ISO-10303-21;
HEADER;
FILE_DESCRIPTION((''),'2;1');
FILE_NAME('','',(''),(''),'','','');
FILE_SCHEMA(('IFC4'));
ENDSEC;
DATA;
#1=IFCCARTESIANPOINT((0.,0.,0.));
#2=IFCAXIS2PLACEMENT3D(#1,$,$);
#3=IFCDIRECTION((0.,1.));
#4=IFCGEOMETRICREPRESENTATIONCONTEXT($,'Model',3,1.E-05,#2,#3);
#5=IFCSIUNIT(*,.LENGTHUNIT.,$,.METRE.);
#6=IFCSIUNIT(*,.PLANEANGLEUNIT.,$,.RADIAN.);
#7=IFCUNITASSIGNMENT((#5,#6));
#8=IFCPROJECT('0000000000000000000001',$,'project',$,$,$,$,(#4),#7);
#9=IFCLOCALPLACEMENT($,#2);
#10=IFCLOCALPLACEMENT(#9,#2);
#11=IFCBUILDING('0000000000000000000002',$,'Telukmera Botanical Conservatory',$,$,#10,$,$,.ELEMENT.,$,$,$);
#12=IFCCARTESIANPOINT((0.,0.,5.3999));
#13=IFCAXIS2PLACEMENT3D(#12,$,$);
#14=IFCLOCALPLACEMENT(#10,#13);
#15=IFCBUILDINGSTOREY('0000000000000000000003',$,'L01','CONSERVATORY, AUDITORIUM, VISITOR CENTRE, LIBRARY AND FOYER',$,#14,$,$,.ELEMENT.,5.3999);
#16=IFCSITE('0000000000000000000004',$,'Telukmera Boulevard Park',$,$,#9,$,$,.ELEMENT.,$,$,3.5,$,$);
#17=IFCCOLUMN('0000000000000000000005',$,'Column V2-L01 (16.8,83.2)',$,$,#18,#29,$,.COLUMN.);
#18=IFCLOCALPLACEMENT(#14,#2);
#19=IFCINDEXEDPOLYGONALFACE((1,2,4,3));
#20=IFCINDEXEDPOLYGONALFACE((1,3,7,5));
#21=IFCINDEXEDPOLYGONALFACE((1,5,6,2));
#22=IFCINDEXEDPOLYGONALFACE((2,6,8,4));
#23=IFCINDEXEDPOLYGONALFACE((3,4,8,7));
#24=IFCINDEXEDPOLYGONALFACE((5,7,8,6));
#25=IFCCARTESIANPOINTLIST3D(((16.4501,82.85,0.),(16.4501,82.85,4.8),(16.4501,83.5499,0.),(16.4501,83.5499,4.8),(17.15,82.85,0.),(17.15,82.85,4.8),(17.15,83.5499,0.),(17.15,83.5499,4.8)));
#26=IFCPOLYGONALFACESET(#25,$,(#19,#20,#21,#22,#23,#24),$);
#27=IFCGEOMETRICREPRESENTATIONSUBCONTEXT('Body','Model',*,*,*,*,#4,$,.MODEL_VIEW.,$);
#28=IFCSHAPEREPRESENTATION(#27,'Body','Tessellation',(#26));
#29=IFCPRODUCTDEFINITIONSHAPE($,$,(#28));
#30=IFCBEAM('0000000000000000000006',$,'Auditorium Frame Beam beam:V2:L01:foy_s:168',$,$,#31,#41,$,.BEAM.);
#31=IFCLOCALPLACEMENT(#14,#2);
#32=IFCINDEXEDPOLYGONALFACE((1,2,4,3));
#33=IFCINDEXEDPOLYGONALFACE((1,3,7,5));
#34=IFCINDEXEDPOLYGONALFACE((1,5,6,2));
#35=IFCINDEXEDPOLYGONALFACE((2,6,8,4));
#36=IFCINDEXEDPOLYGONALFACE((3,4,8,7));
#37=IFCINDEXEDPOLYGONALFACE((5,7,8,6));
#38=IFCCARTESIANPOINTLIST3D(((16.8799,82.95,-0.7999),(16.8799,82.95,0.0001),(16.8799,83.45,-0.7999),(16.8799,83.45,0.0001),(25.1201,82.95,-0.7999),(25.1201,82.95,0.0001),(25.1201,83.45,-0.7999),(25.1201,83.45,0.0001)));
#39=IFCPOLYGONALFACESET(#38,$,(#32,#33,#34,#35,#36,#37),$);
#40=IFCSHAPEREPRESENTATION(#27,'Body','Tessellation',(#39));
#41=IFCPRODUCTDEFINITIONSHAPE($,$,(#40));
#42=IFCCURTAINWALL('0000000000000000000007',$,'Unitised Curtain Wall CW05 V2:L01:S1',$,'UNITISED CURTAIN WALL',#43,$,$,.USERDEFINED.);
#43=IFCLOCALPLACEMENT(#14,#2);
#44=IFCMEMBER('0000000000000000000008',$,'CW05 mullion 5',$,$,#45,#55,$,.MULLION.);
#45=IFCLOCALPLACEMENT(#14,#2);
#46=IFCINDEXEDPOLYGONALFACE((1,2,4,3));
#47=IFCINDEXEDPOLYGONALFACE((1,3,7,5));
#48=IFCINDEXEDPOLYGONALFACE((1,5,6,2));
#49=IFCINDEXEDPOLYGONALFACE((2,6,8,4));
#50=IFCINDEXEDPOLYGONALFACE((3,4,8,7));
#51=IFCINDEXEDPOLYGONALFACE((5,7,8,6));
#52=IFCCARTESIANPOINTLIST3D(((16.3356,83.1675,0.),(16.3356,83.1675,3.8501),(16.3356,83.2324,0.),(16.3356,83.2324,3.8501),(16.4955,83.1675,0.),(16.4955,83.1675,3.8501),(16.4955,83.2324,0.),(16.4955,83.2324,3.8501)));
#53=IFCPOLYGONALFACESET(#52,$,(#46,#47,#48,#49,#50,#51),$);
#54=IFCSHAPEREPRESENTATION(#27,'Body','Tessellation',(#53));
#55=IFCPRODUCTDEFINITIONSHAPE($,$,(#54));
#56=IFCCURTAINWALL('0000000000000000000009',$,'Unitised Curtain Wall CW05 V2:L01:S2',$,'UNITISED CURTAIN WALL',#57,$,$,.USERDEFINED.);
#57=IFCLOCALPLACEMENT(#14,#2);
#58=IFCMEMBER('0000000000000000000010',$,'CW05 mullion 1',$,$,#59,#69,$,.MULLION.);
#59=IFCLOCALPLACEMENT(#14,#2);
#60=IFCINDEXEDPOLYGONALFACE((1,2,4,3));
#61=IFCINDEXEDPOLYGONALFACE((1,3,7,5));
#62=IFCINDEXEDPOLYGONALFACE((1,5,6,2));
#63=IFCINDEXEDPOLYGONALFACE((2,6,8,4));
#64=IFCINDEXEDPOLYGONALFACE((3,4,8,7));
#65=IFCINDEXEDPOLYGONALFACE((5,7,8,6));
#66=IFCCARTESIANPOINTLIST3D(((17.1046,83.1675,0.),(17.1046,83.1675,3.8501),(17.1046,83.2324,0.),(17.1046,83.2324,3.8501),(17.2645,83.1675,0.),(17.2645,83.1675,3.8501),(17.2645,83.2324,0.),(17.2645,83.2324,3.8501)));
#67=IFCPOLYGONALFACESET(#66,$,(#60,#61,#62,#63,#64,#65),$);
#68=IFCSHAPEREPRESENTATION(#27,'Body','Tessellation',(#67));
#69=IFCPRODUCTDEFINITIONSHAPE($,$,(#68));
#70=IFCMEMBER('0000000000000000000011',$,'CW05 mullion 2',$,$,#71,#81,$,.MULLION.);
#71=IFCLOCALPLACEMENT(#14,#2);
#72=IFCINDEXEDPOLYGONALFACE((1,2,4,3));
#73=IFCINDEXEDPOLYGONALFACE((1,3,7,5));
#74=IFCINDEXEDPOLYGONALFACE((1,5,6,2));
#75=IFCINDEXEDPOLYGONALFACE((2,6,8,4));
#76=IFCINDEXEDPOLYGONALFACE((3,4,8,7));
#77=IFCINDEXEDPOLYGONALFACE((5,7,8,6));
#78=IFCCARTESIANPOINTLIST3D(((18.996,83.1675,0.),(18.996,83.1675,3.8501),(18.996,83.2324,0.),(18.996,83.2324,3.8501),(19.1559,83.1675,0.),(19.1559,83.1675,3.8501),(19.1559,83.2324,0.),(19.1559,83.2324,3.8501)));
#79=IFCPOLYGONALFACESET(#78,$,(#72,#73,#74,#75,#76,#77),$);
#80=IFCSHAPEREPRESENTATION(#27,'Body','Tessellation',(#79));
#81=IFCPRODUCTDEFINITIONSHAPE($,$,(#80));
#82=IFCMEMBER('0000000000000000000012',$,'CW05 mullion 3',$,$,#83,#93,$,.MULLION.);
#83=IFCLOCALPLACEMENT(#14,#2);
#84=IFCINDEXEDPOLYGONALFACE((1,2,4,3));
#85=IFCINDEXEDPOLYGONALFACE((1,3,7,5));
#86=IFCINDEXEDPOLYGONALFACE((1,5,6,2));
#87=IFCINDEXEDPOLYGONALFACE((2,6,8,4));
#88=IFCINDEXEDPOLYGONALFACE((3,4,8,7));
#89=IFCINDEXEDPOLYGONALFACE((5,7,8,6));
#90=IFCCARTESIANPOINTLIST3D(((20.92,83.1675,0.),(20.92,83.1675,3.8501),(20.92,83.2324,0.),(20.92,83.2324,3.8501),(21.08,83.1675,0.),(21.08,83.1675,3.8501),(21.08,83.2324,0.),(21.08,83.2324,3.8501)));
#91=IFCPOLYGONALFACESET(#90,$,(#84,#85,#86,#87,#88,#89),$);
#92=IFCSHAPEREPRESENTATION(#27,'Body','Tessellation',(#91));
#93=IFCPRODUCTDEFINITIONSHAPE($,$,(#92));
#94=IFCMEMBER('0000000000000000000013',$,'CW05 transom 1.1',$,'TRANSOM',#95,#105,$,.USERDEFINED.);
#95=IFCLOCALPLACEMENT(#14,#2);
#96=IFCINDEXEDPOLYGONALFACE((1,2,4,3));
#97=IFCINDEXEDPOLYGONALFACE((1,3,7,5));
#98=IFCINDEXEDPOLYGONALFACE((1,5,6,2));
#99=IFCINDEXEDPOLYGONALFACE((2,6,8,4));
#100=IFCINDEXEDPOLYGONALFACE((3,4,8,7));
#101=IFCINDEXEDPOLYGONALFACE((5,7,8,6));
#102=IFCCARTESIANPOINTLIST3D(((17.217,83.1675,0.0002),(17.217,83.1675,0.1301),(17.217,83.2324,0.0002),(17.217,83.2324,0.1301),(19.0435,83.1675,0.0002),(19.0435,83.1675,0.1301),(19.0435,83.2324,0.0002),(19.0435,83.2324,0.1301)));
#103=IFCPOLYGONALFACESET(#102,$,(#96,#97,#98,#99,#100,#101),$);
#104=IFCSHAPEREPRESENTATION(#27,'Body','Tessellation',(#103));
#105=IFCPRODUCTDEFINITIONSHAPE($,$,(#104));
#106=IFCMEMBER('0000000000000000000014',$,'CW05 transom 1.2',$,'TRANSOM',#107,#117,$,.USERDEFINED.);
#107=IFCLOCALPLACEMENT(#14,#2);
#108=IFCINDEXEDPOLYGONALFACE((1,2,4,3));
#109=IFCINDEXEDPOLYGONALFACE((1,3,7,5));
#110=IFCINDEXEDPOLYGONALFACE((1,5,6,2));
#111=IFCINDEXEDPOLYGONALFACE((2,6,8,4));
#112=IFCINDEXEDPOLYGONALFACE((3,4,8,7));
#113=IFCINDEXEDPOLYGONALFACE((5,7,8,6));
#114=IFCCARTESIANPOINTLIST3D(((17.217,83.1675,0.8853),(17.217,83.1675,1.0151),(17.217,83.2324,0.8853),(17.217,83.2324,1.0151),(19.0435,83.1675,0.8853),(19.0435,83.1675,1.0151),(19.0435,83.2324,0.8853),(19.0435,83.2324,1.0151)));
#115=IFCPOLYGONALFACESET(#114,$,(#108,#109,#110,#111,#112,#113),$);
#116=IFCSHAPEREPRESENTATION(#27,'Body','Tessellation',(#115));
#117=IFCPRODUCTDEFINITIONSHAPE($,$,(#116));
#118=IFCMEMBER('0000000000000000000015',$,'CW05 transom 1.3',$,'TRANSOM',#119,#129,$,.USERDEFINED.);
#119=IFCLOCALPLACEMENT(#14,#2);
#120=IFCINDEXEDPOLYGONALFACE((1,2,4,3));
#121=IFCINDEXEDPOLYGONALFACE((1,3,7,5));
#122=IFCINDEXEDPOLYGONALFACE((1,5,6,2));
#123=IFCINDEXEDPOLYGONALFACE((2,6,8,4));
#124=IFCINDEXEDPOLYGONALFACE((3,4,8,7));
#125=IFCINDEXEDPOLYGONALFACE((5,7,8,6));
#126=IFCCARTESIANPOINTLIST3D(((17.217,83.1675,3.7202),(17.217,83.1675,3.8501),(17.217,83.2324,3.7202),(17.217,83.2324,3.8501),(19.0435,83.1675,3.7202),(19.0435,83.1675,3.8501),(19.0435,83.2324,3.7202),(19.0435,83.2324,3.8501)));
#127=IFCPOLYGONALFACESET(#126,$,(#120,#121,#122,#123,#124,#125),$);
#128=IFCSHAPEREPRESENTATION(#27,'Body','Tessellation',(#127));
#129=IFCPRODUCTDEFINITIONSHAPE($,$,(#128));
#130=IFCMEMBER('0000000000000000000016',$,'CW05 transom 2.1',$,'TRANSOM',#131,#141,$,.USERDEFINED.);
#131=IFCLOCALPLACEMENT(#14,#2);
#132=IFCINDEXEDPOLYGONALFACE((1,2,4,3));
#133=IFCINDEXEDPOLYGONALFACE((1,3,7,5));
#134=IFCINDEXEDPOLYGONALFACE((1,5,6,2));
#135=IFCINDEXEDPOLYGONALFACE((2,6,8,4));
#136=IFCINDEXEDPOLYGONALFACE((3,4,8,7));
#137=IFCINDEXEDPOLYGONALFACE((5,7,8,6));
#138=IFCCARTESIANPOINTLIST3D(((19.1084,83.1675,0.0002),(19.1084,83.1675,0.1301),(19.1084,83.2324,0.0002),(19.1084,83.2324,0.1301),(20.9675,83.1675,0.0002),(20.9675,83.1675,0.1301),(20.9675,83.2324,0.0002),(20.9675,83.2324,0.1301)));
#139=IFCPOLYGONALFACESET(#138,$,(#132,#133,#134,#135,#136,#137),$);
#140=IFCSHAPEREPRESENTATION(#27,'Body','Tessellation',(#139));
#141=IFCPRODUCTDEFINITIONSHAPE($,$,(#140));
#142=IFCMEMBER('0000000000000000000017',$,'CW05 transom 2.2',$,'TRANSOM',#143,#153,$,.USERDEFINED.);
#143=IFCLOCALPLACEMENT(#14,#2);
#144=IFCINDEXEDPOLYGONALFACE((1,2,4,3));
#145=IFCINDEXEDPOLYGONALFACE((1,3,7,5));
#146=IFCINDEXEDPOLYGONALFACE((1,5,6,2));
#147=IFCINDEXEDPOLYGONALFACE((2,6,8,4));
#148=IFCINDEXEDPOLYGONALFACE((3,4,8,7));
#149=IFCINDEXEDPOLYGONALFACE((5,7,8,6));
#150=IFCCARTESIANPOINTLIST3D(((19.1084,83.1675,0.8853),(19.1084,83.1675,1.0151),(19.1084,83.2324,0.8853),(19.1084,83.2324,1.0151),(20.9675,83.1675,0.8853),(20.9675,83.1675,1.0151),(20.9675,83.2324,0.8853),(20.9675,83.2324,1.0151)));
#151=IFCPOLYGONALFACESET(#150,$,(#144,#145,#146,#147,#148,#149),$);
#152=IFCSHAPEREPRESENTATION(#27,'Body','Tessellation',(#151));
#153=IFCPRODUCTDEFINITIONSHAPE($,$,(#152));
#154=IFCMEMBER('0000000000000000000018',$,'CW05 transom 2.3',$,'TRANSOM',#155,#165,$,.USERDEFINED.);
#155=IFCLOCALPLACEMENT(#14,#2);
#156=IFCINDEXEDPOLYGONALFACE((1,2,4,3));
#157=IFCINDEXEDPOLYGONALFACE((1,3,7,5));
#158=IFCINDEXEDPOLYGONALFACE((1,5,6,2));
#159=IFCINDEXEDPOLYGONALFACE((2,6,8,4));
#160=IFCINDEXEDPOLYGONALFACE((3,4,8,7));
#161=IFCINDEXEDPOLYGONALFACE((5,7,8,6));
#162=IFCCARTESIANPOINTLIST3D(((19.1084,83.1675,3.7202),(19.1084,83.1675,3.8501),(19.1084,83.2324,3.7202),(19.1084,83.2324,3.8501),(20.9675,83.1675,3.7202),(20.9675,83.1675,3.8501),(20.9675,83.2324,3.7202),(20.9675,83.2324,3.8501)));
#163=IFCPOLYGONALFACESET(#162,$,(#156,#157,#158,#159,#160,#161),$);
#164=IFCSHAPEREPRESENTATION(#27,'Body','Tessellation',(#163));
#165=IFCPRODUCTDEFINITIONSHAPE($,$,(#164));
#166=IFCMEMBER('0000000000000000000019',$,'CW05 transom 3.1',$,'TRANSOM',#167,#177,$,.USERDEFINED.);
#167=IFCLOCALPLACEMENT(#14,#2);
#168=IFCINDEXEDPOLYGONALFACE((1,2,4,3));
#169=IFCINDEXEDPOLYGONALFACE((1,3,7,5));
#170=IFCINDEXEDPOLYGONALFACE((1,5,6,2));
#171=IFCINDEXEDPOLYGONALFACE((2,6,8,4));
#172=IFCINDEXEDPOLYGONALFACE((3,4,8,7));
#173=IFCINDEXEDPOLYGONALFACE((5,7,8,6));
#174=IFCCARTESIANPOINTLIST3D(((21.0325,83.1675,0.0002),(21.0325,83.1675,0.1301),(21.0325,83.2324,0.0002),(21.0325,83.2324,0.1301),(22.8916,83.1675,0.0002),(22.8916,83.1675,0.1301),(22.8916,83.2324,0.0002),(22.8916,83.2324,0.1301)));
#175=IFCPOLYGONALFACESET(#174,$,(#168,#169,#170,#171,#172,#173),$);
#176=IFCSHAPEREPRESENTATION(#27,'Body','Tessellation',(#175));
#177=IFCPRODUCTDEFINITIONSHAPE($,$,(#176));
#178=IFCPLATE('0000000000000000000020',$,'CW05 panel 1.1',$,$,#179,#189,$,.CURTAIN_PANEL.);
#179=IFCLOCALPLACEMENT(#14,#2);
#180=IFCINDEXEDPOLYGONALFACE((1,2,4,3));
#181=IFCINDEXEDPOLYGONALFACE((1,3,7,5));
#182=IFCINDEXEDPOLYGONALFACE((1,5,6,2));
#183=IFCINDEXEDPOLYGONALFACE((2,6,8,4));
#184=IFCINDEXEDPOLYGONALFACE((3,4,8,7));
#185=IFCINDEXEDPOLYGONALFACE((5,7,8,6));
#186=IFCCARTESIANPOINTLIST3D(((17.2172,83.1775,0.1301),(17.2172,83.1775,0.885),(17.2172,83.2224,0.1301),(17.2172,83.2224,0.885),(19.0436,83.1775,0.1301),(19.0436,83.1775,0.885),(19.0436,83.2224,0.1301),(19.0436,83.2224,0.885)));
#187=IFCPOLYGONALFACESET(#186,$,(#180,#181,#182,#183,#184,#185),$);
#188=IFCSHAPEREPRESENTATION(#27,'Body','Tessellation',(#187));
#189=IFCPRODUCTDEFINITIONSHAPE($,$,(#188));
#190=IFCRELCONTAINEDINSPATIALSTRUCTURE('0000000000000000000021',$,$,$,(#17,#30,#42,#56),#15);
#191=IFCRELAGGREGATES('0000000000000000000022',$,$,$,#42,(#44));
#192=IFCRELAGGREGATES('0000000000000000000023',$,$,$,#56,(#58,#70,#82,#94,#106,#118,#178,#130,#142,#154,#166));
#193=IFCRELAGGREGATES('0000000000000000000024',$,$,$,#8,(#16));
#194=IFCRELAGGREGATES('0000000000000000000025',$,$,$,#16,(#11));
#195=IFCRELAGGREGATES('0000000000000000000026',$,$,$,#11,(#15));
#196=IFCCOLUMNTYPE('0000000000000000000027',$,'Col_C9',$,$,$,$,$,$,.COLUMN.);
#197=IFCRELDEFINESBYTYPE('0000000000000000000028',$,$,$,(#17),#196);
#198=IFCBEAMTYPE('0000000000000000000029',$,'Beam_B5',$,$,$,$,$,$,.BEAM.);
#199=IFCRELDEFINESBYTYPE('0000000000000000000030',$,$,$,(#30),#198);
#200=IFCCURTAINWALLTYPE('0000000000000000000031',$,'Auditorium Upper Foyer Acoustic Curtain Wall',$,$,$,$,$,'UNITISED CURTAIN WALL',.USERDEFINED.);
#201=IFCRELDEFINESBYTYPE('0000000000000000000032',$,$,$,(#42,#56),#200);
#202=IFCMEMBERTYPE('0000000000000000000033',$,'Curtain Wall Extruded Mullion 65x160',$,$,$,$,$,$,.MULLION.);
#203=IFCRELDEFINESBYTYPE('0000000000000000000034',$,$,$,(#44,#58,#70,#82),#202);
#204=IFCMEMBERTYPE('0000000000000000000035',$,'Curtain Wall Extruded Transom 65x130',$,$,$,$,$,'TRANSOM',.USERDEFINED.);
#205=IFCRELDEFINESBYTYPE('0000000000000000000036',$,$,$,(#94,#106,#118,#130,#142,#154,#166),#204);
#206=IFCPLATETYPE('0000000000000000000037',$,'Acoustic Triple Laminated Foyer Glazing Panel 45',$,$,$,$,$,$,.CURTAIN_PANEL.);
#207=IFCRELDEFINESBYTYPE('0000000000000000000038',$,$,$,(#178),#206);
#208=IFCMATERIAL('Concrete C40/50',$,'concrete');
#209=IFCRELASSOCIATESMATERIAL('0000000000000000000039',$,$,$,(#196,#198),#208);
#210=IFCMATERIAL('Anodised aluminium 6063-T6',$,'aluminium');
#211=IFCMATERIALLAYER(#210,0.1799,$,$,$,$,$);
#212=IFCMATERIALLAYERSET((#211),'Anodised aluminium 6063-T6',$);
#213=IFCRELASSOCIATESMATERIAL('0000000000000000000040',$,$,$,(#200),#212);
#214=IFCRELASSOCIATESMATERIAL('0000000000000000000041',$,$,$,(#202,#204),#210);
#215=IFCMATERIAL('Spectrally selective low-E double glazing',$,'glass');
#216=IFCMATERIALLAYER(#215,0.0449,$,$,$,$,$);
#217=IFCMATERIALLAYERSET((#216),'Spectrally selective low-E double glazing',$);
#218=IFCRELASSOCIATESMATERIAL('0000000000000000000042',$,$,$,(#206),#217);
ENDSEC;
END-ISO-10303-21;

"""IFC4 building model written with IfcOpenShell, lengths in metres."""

from ifc_helpers import new_model, si_unit, direction, frame, origin, origin_2d, place, context, subcontext, project, spatial, rectangle, extrude, material, layer, layer_set, material_profile, profile_set, type_object, element, aggregate, save


model = new_model("IFC4")

# Units and contexts
model_context = context("Model", 3, precision=1e-05, world=origin(), true_north=direction((0.0, 1.0)))
body_context = subcontext(model_context, "Body", "Model", "MODEL_VIEW")
ifc_project = project(units=[si_unit("LENGTHUNIT", "METRE"), si_unit("PLANEANGLEUNIT", "RADIAN")], contexts=[model_context])

# Site, building, storey
site_placement = place(None, origin())
site = spatial("IfcSite", under=ifc_project, at=site_placement, Name="Telukmera Boulevard Park", CompositionType="ELEMENT", RefElevation=3.5)
building_placement = place(site_placement, origin())
building = spatial("IfcBuilding", under=site, at=building_placement, Name="Telukmera Botanical Conservatory", CompositionType="ELEMENT")
storey_placement = place(building_placement, frame((0.0, 0.0, 5.3999)))
storey = spatial("IfcBuildingStorey", under=building, at=storey_placement, Name="L01", Description="CONSERVATORY, AUDITORIUM, VISITOR CENTRE, LIBRARY AND FOYER", CompositionType="ELEMENT", Elevation=5.3999)

# Column
ifc_material_1 = material(Name="Concrete C40/50", Category="concrete")
ifc_material_profile_1 = material_profile(ifc_material_1, rectangle(XDim=0.7, YDim=0.7, at=origin_2d()), Name="RC 700x700")
ifc_profile_set_1 = profile_set([ifc_material_profile_1], Name="Concrete C40/50")
column_type = type_object("IfcColumnType", Name="Col_C9", PredefinedType="COLUMN", material=ifc_profile_set_1)
column_placement = place(storey_placement, frame((16.8, 83.2, 0.0), z_axis=(0.0, 0.0, 1.0), x_axis=(1.0, 0.0, 0.0)))
element("IfcColumn", 1, at=column_placement, inside=storey, type_object=column_type, Name="Column V2-L01 (16.8,83.2)", PredefinedType="COLUMN", context=body_context, shape_type="SweptSolid", body=[
    extrude(rectangle(XDim=0.7, YDim=0.7, at=origin_2d()), origin(), (0.0, 0.0, 1.0), 4.8),
])

# Beam
ifc_material_profile_2 = material_profile(ifc_material_1, rectangle(XDim=0.5, YDim=0.8, at=origin_2d()), Name="RC 500x800")
ifc_profile_set_2 = profile_set([ifc_material_profile_2], Name="Concrete C40/50")
beam_type = type_object("IfcBeamType", Name="Beam_B5", PredefinedType="BEAM", material=ifc_profile_set_2)
beam_placement = place(storey_placement, frame((16.8799, 83.2, -0.3999), z_axis=(1.0, 0.0, 0.0), x_axis=(0.0, 1.0, 0.0)))
element("IfcBeam", 2, at=beam_placement, inside=storey, type_object=beam_type, Name="Auditorium Frame Beam beam:V2:L01:foy_s:168", PredefinedType="BEAM", context=body_context, shape_type="SweptSolid", body=[
    extrude(rectangle(XDim=0.5, YDim=0.8, at=origin_2d()), origin(), (0.0, 0.0, 1.0), 8.2402),
])

# Curtain wall, member
ifc_material_2 = material(Name="Anodised aluminium 6063-T6", Category="aluminium")
ifc_layer_1 = layer(ifc_material_2, 0.1799)
ifc_layer_set_1 = layer_set([ifc_layer_1], Name="Anodised aluminium 6063-T6")
curtain_wall_type = type_object("IfcCurtainWallType", Name="Auditorium Upper Foyer Acoustic Curtain Wall", ElementType="UNITISED CURTAIN WALL", PredefinedType="USERDEFINED", material=ifc_layer_set_1)
curtain_wall_1_placement = place(storey_placement, origin())
curtain_wall_1 = element("IfcCurtainWall", 3, at=curtain_wall_1_placement, inside=storey, type_object=curtain_wall_type, Name="Unitised Curtain Wall CW05 V2:L01:S1", ObjectType="UNITISED CURTAIN WALL", PredefinedType="USERDEFINED")
ifc_material_profile_3 = material_profile(ifc_material_2, rectangle(XDim=0.0649, YDim=0.1599, at=origin_2d()), Name="ALU MULL 65x160")
ifc_profile_set_3 = profile_set([ifc_material_profile_3], Name="Anodised aluminium 6063-T6")
member_type_1 = type_object("IfcMemberType", Name="Curtain Wall Extruded Mullion 65x160", PredefinedType="MULLION", material=ifc_profile_set_3)
member_1_placement = place(storey_placement, frame((16.4155, 83.2, 0.0), z_axis=(0.0, 0.0, 1.0), x_axis=(0.0, 1.0, 0.0)))
member_1 = element("IfcMember", 4, at=member_1_placement, type_object=member_type_1, Name="CW05 mullion 5", PredefinedType="MULLION", context=body_context, shape_type="SweptSolid", body=[
    extrude(rectangle(XDim=0.0649, YDim=0.1599, at=origin_2d()), origin(), (0.0, 0.0, 1.0), 3.8501),
])
aggregate(curtain_wall_1, [member_1])

# Curtain wall, members, plate
curtain_wall_2_placement = place(storey_placement, origin())
curtain_wall_2 = element("IfcCurtainWall", 5, at=curtain_wall_2_placement, inside=storey, type_object=curtain_wall_type, Name="Unitised Curtain Wall CW05 V2:L01:S2", ObjectType="UNITISED CURTAIN WALL", PredefinedType="USERDEFINED")
member_2_placement = place(storey_placement, frame((17.1846, 83.2, 0.0), z_axis=(0.0, 0.0, 1.0), x_axis=(0.0, 1.0, 0.0)))
member_2 = element("IfcMember", 6, at=member_2_placement, type_object=member_type_1, Name="CW05 mullion 1", PredefinedType="MULLION", context=body_context, shape_type="SweptSolid", body=[
    extrude(rectangle(XDim=0.0649, YDim=0.1599, at=origin_2d()), origin(), (0.0, 0.0, 1.0), 3.8501),
])
member_3_placement = place(storey_placement, frame((19.0759, 83.2, 0.0), z_axis=(0.0, 0.0, 1.0), x_axis=(0.0, 1.0, 0.0)))
member_3 = element("IfcMember", 7, at=member_3_placement, type_object=member_type_1, Name="CW05 mullion 2", PredefinedType="MULLION", context=body_context, shape_type="SweptSolid", body=[
    extrude(rectangle(XDim=0.0649, YDim=0.1599, at=origin_2d()), origin(), (0.0, 0.0, 1.0), 3.8501),
])
member_4_placement = place(storey_placement, frame((21.0, 83.2, 0.0), z_axis=(0.0, 0.0, 1.0), x_axis=(0.0, 1.0, 0.0)))
member_4 = element("IfcMember", 8, at=member_4_placement, type_object=member_type_1, Name="CW05 mullion 3", PredefinedType="MULLION", context=body_context, shape_type="SweptSolid", body=[
    extrude(rectangle(XDim=0.0649, YDim=0.1599, at=origin_2d()), origin(), (0.0, 0.0, 1.0), 3.8501),
])
ifc_material_profile_4 = material_profile(ifc_material_2, rectangle(XDim=0.0649, YDim=0.1299, at=origin_2d()), Name="ALU TRAN 65x130")
ifc_profile_set_4 = profile_set([ifc_material_profile_4], Name="Anodised aluminium 6063-T6")
member_type_2 = type_object("IfcMemberType", Name="Curtain Wall Extruded Transom 65x130", ElementType="TRANSOM", PredefinedType="USERDEFINED", material=ifc_profile_set_4)
member_5_placement = place(storey_placement, frame((17.217, 83.2, 0.0652), z_axis=(1.0, 0.0, 0.0), x_axis=(0.0, 1.0, 0.0)))
member_5 = element("IfcMember", 9, at=member_5_placement, type_object=member_type_2, Name="CW05 transom 1.1", ObjectType="TRANSOM", PredefinedType="USERDEFINED", context=body_context, shape_type="SweptSolid", body=[
    extrude(rectangle(XDim=0.0649, YDim=0.1299, at=origin_2d()), origin(), (0.0, 0.0, 1.0), 1.8264),
])
member_6_placement = place(storey_placement, frame((17.217, 83.2, 0.9502), z_axis=(1.0, 0.0, 0.0), x_axis=(0.0, 1.0, 0.0)))
member_6 = element("IfcMember", 10, at=member_6_placement, type_object=member_type_2, Name="CW05 transom 1.2", ObjectType="TRANSOM", PredefinedType="USERDEFINED", context=body_context, shape_type="SweptSolid", body=[
    extrude(rectangle(XDim=0.0649, YDim=0.1299, at=origin_2d()), origin(), (0.0, 0.0, 1.0), 1.8264),
])
member_7_placement = place(storey_placement, frame((17.217, 83.2, 3.7852), z_axis=(1.0, 0.0, 0.0), x_axis=(0.0, 1.0, 0.0)))
member_7 = element("IfcMember", 11, at=member_7_placement, type_object=member_type_2, Name="CW05 transom 1.3", ObjectType="TRANSOM", PredefinedType="USERDEFINED", context=body_context, shape_type="SweptSolid", body=[
    extrude(rectangle(XDim=0.0649, YDim=0.1299, at=origin_2d()), origin(), (0.0, 0.0, 1.0), 1.8264),
])
member_8_placement = place(storey_placement, frame((19.1084, 83.2, 0.0652), z_axis=(1.0, 0.0, 0.0), x_axis=(0.0, 1.0, 0.0)))
member_8 = element("IfcMember", 12, at=member_8_placement, type_object=member_type_2, Name="CW05 transom 2.1", ObjectType="TRANSOM", PredefinedType="USERDEFINED", context=body_context, shape_type="SweptSolid", body=[
    extrude(rectangle(XDim=0.0649, YDim=0.1299, at=origin_2d()), origin(), (0.0, 0.0, 1.0), 1.8591),
])
member_9_placement = place(storey_placement, frame((19.1084, 83.2, 0.9502), z_axis=(1.0, 0.0, 0.0), x_axis=(0.0, 1.0, 0.0)))
member_9 = element("IfcMember", 13, at=member_9_placement, type_object=member_type_2, Name="CW05 transom 2.2", ObjectType="TRANSOM", PredefinedType="USERDEFINED", context=body_context, shape_type="SweptSolid", body=[
    extrude(rectangle(XDim=0.0649, YDim=0.1299, at=origin_2d()), origin(), (0.0, 0.0, 1.0), 1.8591),
])
member_10_placement = place(storey_placement, frame((19.1084, 83.2, 3.7852), z_axis=(1.0, 0.0, 0.0), x_axis=(0.0, 1.0, 0.0)))
member_10 = element("IfcMember", 14, at=member_10_placement, type_object=member_type_2, Name="CW05 transom 2.3", ObjectType="TRANSOM", PredefinedType="USERDEFINED", context=body_context, shape_type="SweptSolid", body=[
    extrude(rectangle(XDim=0.0649, YDim=0.1299, at=origin_2d()), origin(), (0.0, 0.0, 1.0), 1.8591),
])
member_11_placement = place(storey_placement, frame((21.0325, 83.2, 0.0652), z_axis=(1.0, 0.0, 0.0), x_axis=(0.0, 1.0, 0.0)))
member_11 = element("IfcMember", 15, at=member_11_placement, type_object=member_type_2, Name="CW05 transom 3.1", ObjectType="TRANSOM", PredefinedType="USERDEFINED", context=body_context, shape_type="SweptSolid", body=[
    extrude(rectangle(XDim=0.0649, YDim=0.1299, at=origin_2d()), origin(), (0.0, 0.0, 1.0), 1.8591),
])
ifc_material_3 = material(Name="Spectrally selective low-E double glazing", Category="glass")
ifc_layer_2 = layer(ifc_material_3, 0.0449)
ifc_layer_set_2 = layer_set([ifc_layer_2], Name="Spectrally selective low-E double glazing")
plate_type = type_object("IfcPlateType", Name="Acoustic Triple Laminated Foyer Glazing Panel 45", PredefinedType="CURTAIN_PANEL", material=ifc_layer_set_2)
plate_1_placement = place(storey_placement, frame((18.1304, 83.2, 0.1301), z_axis=(0.0, 0.0, 1.0), x_axis=(1.0, 0.0, 0.0)))
plate_1 = element("IfcPlate", 16, at=plate_1_placement, type_object=plate_type, Name="CW05 panel 1.1", PredefinedType="CURTAIN_PANEL", context=body_context, shape_type="SweptSolid", body=[
    extrude(rectangle(XDim=1.8264, YDim=0.0449, at=origin_2d()), origin(), (0.0, 0.0, 1.0), 0.7549),
])
aggregate(curtain_wall_2, [member_2, member_3, member_4, member_5, member_6, member_7, plate_1, member_8, member_9, member_10, member_11])

save(model, "model.ifc")
